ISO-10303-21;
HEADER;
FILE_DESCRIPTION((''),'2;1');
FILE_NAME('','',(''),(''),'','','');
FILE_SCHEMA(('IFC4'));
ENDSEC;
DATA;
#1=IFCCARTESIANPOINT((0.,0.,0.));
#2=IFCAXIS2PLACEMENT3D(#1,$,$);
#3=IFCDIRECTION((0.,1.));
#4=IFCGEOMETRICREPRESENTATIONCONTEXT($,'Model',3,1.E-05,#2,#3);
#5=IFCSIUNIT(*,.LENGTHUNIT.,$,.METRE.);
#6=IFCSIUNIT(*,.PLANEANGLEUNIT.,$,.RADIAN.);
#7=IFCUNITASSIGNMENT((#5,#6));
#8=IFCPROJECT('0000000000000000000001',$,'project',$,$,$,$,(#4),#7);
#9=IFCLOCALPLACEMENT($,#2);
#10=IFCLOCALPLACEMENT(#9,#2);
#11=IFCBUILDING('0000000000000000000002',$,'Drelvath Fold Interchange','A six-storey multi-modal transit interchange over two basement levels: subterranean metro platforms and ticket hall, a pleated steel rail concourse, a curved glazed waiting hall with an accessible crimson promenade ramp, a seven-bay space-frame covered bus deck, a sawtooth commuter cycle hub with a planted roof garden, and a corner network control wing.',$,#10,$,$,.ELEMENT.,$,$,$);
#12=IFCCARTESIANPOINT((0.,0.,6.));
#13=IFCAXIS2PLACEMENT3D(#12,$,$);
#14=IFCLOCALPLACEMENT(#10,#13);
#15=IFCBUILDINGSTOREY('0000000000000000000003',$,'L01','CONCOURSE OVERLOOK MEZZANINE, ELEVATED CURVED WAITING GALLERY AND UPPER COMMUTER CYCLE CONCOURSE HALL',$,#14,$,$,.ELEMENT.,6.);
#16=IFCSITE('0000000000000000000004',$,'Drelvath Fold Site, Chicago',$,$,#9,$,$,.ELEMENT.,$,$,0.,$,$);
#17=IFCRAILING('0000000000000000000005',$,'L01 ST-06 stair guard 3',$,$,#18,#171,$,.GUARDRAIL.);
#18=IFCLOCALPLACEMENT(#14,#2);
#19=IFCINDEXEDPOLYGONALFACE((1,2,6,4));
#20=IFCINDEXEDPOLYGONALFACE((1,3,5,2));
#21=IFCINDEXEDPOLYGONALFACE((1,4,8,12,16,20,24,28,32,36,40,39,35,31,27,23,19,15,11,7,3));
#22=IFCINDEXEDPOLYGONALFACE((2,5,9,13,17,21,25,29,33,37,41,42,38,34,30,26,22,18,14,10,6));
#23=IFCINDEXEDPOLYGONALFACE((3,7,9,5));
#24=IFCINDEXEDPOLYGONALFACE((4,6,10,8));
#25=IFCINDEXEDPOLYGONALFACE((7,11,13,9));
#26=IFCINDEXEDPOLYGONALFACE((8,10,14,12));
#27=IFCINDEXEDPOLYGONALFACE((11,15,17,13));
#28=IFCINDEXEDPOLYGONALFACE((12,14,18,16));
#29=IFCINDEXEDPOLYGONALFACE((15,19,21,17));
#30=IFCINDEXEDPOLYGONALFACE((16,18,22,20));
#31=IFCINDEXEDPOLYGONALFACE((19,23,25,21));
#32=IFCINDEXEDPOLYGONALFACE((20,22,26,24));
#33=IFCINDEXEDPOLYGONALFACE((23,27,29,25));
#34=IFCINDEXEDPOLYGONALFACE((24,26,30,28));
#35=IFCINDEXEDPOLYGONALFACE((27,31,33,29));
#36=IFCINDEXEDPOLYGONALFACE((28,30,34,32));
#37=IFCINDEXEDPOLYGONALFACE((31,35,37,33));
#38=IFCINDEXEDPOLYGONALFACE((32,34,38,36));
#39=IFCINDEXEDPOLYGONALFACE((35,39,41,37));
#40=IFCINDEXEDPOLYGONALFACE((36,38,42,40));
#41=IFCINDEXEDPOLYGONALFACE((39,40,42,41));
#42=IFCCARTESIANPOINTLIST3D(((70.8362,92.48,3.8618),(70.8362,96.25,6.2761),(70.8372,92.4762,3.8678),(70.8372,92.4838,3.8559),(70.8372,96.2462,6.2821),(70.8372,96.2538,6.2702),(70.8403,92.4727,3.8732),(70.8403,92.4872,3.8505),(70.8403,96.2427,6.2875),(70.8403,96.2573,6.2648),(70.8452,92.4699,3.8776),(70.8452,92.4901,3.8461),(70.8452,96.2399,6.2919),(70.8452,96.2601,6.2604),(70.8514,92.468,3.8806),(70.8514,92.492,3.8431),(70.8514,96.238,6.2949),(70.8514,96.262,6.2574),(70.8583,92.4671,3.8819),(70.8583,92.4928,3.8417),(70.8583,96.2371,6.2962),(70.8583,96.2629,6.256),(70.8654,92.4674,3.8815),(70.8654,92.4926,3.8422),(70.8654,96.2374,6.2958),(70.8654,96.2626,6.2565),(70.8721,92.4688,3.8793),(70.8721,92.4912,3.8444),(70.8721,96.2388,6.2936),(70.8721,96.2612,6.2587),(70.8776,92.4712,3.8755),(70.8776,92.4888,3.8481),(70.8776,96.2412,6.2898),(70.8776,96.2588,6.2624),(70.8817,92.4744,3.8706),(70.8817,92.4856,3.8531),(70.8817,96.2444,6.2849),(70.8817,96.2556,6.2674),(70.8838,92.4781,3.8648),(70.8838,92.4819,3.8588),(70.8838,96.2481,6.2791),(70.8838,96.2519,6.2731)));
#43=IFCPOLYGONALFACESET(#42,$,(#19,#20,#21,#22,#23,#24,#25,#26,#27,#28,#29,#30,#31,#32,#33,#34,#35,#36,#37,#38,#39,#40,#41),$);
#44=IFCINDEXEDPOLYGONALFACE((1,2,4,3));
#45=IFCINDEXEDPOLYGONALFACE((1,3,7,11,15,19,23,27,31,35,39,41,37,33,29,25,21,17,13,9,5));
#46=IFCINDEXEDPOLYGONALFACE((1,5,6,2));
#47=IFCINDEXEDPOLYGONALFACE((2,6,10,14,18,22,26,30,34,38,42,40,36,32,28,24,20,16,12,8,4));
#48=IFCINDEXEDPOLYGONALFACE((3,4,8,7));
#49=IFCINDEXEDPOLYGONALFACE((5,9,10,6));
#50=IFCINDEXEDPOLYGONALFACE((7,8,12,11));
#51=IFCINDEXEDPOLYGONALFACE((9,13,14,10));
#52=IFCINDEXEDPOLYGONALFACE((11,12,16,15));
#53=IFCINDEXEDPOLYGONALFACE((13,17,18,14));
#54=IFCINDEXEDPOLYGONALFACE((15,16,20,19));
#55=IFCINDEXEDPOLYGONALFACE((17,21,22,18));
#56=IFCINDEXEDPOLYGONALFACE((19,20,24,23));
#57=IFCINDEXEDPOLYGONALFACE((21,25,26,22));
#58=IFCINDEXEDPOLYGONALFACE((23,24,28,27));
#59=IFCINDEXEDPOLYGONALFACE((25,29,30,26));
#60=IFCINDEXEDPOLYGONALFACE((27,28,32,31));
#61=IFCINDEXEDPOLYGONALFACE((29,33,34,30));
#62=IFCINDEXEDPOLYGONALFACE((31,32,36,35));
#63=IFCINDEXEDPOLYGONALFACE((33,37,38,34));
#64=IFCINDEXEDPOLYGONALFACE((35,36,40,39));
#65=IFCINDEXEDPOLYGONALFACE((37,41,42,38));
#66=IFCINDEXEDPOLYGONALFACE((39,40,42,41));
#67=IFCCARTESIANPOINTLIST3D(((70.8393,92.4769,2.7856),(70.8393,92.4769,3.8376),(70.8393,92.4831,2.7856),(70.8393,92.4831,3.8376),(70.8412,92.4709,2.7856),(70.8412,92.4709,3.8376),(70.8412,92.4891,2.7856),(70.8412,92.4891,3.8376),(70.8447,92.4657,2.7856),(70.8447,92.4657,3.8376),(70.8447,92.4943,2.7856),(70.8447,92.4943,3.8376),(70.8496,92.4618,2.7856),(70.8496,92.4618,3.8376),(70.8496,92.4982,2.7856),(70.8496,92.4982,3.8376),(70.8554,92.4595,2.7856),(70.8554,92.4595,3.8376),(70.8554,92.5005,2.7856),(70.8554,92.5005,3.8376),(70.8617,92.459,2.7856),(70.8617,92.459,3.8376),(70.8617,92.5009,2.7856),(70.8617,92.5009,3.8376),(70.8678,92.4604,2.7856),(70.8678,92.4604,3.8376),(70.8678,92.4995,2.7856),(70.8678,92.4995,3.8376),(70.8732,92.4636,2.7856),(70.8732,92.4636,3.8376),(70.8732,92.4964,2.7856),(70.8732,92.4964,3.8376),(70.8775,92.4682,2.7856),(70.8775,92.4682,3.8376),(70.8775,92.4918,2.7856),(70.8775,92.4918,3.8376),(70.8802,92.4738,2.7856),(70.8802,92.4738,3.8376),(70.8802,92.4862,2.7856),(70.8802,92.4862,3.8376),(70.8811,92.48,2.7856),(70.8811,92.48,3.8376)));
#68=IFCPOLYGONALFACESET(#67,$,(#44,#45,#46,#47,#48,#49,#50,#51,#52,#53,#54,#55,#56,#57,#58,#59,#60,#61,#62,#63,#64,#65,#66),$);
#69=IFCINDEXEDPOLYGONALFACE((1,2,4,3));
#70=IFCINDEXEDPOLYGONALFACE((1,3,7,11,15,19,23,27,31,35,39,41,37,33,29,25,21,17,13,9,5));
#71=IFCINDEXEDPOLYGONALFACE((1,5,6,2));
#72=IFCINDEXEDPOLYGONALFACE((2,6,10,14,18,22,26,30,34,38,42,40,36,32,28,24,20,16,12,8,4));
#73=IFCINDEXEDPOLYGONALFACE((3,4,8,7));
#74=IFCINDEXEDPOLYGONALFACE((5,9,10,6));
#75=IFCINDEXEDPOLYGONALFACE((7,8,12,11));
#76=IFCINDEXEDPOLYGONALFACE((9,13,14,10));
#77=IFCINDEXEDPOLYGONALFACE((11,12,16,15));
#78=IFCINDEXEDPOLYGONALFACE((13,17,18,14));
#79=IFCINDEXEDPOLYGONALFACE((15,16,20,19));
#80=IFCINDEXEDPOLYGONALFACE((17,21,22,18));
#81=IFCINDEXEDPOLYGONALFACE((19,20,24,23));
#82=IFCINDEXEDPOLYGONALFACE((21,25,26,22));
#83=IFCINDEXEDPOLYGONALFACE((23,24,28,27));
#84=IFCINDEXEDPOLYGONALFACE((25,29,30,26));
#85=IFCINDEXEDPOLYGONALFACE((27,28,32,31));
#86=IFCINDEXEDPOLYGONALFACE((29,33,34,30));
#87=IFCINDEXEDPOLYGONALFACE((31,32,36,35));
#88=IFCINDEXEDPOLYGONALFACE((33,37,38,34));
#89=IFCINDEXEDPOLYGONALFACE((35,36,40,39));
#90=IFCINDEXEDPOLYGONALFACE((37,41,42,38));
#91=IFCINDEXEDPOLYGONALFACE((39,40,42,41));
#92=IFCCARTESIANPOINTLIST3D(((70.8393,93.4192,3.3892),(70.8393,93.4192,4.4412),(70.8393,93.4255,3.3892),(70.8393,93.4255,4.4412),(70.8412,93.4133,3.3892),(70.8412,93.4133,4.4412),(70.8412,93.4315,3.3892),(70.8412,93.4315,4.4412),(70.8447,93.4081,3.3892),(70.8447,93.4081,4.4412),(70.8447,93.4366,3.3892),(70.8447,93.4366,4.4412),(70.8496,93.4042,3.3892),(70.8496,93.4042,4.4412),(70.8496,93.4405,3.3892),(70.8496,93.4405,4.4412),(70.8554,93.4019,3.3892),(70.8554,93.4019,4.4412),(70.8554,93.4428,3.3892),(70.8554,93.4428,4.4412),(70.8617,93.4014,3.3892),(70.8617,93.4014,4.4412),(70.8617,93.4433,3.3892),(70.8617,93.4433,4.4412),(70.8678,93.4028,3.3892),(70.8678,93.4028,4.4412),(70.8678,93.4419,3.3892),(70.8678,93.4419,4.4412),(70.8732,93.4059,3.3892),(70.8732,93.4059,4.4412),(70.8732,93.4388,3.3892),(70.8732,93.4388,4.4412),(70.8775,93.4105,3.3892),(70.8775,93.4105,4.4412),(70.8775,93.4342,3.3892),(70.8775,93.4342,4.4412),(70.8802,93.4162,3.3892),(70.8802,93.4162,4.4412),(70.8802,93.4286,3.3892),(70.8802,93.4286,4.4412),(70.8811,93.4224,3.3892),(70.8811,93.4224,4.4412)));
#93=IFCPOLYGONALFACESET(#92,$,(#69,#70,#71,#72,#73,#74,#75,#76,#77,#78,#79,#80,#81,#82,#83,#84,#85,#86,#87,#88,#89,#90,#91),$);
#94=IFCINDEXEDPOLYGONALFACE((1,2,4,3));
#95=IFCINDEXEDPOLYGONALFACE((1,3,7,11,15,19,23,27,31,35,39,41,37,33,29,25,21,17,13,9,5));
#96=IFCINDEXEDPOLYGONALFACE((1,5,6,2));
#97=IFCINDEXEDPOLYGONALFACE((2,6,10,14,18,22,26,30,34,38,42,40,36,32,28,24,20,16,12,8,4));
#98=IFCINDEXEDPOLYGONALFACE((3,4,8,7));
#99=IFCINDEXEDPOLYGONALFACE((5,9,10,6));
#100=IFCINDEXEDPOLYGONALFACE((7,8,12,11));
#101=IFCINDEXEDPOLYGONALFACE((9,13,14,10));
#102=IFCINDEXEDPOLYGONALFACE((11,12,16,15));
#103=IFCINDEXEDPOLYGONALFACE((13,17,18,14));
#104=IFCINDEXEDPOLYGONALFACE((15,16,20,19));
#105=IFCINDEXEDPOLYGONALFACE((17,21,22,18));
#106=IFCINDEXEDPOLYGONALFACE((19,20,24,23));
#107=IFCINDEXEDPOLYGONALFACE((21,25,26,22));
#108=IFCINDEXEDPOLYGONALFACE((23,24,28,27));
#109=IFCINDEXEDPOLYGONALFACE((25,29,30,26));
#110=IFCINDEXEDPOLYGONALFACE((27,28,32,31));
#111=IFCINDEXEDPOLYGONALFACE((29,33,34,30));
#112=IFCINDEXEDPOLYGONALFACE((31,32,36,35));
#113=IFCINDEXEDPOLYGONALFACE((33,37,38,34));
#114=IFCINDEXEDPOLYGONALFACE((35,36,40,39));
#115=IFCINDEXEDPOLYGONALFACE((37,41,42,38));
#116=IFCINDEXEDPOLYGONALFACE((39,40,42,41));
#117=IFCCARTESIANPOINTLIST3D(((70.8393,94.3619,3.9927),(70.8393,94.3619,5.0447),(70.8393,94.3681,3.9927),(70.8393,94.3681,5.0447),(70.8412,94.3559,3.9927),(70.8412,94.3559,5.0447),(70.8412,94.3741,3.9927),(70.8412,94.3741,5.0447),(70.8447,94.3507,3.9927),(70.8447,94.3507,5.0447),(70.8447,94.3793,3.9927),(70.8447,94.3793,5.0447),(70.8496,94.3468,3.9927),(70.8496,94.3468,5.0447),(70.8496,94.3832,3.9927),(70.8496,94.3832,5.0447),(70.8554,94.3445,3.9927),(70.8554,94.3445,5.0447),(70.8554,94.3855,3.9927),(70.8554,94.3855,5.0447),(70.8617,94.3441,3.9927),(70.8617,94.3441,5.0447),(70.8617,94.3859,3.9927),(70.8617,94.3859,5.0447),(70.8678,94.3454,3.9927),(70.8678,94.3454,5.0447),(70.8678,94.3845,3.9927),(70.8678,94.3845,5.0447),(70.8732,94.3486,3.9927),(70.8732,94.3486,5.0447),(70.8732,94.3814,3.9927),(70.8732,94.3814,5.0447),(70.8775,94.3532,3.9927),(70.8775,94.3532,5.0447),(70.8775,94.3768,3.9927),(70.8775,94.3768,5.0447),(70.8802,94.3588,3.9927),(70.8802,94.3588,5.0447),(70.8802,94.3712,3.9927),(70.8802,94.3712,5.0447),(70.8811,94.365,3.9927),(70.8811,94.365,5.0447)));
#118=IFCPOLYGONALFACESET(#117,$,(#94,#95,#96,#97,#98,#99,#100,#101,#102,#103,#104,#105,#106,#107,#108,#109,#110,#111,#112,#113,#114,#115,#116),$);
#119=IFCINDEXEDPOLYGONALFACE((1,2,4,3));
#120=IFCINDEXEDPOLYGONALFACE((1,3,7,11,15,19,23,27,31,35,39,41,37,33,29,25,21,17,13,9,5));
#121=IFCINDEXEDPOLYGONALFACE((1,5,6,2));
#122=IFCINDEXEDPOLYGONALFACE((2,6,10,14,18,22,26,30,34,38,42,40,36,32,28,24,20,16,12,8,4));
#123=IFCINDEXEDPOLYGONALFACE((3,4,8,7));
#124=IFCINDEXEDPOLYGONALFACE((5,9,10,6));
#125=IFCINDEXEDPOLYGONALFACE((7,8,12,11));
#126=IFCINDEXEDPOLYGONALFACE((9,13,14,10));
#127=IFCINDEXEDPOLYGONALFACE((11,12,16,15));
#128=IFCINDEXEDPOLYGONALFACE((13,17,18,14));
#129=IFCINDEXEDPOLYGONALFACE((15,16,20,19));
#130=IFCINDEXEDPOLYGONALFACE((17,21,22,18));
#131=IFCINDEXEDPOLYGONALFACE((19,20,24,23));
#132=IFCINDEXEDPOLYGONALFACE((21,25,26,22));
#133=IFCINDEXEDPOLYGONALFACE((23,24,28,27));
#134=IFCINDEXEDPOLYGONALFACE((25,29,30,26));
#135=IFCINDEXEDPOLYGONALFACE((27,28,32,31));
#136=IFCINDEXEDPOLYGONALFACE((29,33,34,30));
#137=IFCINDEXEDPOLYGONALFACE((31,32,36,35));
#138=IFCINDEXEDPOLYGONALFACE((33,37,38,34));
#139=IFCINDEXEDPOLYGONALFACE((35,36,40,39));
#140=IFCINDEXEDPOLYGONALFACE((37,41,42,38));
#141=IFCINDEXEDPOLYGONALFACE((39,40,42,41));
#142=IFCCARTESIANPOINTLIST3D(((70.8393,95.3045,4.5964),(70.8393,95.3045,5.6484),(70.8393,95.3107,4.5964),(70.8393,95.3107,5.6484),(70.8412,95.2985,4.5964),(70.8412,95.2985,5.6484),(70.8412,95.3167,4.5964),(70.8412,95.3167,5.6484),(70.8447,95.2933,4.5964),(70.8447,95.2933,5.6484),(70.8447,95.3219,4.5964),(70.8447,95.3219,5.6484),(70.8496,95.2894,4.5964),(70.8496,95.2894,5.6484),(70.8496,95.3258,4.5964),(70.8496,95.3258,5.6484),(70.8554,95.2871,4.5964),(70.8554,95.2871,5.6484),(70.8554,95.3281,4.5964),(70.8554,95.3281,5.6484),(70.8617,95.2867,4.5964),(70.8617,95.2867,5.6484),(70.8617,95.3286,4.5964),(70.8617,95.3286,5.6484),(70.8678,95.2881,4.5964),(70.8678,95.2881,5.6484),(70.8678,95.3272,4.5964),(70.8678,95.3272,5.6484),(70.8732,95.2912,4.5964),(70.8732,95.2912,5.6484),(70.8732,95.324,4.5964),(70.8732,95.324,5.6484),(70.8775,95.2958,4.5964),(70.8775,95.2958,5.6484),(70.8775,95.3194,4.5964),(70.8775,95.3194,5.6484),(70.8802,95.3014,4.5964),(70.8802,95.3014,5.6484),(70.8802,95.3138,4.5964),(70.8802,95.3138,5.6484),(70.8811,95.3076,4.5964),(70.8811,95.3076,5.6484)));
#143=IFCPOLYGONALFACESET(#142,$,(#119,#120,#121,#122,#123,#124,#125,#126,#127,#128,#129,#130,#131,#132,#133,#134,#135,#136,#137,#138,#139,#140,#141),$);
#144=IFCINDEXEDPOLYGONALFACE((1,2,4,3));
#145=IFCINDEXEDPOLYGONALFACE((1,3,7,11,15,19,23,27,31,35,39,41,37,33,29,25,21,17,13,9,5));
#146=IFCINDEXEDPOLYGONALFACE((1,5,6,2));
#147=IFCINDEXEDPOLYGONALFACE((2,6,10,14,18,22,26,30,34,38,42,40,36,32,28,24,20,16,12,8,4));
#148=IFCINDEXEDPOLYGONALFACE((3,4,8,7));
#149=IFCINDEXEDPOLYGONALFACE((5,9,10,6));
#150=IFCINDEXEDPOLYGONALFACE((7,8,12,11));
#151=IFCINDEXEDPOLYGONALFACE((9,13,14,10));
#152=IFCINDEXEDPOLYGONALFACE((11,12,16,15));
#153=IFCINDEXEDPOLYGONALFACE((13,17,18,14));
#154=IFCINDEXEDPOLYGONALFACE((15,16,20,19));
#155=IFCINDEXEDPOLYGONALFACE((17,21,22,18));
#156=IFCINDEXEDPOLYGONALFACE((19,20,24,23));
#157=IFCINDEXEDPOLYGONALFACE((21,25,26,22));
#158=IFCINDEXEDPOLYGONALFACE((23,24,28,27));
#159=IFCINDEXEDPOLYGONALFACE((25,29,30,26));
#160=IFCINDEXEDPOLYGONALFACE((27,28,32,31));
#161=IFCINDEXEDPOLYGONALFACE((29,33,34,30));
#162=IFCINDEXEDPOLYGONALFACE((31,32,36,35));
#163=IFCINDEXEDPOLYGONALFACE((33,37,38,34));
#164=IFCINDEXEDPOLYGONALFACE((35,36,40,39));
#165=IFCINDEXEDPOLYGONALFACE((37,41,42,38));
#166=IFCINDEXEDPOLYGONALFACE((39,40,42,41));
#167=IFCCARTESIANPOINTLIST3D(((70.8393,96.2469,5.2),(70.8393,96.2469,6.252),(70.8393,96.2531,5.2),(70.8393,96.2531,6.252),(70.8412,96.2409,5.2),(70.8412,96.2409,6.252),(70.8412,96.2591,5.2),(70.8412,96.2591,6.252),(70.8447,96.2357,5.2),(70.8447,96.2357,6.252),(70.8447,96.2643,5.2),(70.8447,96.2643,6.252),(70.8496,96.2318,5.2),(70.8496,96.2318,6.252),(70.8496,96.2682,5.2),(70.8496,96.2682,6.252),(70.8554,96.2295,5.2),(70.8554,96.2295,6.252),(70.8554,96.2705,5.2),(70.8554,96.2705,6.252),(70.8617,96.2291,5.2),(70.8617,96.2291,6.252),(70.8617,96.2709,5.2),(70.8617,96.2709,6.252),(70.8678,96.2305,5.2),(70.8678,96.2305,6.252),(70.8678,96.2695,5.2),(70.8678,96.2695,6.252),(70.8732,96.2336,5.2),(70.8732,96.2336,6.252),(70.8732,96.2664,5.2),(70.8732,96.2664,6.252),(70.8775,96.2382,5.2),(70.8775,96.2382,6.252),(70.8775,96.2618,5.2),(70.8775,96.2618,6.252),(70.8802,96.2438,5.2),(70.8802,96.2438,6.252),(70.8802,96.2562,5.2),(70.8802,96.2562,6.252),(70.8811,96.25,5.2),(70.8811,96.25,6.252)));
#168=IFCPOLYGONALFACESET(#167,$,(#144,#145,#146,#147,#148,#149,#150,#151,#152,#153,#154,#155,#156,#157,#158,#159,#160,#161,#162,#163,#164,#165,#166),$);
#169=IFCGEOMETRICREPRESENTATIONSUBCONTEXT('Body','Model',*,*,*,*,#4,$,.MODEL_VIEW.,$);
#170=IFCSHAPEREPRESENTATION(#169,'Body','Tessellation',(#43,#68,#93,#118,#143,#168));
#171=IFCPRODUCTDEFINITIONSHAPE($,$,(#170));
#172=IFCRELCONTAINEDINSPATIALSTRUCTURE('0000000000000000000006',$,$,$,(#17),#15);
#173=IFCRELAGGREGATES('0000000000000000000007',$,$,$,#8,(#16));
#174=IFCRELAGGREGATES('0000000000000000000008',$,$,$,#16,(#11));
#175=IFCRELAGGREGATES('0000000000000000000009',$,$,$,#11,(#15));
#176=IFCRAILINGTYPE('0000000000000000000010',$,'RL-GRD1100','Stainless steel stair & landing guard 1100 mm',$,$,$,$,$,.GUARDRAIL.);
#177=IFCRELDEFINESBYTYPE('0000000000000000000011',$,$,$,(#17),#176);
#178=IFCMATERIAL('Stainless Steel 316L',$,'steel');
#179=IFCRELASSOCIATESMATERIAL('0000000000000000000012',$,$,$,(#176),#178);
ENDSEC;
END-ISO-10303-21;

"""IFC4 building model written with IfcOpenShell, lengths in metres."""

from ifc_helpers import new_model, si_unit, direction, frame, origin, origin_2d, place, context, subcontext, project, spatial, circle, extrude, material, type_object, element, save


model = new_model("IFC4")

# Units and contexts
model_context = context("Model", 3, precision=1e-05, world=origin(), true_north=direction((0.0, 1.0)))
body_context = subcontext(model_context, "Body", "Model", "MODEL_VIEW")
ifc_project = project(units=[si_unit("LENGTHUNIT", "METRE"), si_unit("PLANEANGLEUNIT", "RADIAN")], contexts=[model_context])

# Site, building, storey
site_placement = place(None, origin())
site = spatial("IfcSite", under=ifc_project, at=site_placement, Name="Drelvath Fold Site, Chicago", CompositionType="ELEMENT", RefElevation=0.0)
building_placement = place(site_placement, origin())
building = spatial("IfcBuilding", under=site, at=building_placement, Name="Drelvath Fold Interchange", Description="A six-storey multi-modal transit interchange over two basement levels: subterranean metro platforms and ticket hall, a pleated steel rail concourse, a curved glazed waiting hall with an accessible crimson promenade ramp, a seven-bay space-frame covered bus deck, a sawtooth commuter cycle hub with a planted roof garden, and a corner network control wing.", CompositionType="ELEMENT")
storey_placement = place(building_placement, frame((0.0, 0.0, 6.0)))
storey = spatial("IfcBuildingStorey", under=building, at=storey_placement, Name="L01", Description="CONCOURSE OVERLOOK MEZZANINE, ELEVATED CURVED WAITING GALLERY AND UPPER COMMUTER CYCLE CONCOURSE HALL", CompositionType="ELEMENT", Elevation=6.0)

# Railing
ifc_material_1 = material(Name="Stainless Steel 316L", Category="steel")
railing_type_1 = type_object("IfcRailingType", Name="RL-GRD1100", Description="Stainless steel stair & landing guard 1100 mm", PredefinedType="GUARDRAIL", material=ifc_material_1)
railing_1_placement = place(storey_placement, frame((70.8601, 92.48, 2.7856)))
element("IfcRailing", 1, at=railing_1_placement, inside=storey, type_object=railing_type_1, Name="L01 ST-06 stair guard 3", PredefinedType="GUARDRAIL", context=body_context, shape_type="SweptSolid", body=[
    extrude(circle(Radius=0.0239, at=origin_2d()), frame((0.0, 0.0, 1.0762), z_axis=(0.0, 0.84212, 0.53929), x_axis=(-1.0, 0.0, 0.0)), (0.0, 0.0, 1.0), 4.4768),
    extrude(circle(Radius=0.021, at=origin_2d()), origin(), (0.0, 0.0, 1.0), 1.052),
    extrude(circle(Radius=0.021, at=origin_2d()), frame((0.0, 0.9424, 0.6035)), (0.0, 0.0, 1.0), 1.052),
    extrude(circle(Radius=0.021, at=origin_2d()), frame((0.0, 1.885, 1.207)), (0.0, 0.0, 1.0), 1.052),
    extrude(circle(Radius=0.021, at=origin_2d()), frame((0.0, 2.8276, 1.8108)), (0.0, 0.0, 1.0), 1.052),
    extrude(circle(Radius=0.021, at=origin_2d()), frame((0.0, 3.77, 2.4143)), (0.0, 0.0, 1.0), 1.052),
])

save(model, "model.ifc")
